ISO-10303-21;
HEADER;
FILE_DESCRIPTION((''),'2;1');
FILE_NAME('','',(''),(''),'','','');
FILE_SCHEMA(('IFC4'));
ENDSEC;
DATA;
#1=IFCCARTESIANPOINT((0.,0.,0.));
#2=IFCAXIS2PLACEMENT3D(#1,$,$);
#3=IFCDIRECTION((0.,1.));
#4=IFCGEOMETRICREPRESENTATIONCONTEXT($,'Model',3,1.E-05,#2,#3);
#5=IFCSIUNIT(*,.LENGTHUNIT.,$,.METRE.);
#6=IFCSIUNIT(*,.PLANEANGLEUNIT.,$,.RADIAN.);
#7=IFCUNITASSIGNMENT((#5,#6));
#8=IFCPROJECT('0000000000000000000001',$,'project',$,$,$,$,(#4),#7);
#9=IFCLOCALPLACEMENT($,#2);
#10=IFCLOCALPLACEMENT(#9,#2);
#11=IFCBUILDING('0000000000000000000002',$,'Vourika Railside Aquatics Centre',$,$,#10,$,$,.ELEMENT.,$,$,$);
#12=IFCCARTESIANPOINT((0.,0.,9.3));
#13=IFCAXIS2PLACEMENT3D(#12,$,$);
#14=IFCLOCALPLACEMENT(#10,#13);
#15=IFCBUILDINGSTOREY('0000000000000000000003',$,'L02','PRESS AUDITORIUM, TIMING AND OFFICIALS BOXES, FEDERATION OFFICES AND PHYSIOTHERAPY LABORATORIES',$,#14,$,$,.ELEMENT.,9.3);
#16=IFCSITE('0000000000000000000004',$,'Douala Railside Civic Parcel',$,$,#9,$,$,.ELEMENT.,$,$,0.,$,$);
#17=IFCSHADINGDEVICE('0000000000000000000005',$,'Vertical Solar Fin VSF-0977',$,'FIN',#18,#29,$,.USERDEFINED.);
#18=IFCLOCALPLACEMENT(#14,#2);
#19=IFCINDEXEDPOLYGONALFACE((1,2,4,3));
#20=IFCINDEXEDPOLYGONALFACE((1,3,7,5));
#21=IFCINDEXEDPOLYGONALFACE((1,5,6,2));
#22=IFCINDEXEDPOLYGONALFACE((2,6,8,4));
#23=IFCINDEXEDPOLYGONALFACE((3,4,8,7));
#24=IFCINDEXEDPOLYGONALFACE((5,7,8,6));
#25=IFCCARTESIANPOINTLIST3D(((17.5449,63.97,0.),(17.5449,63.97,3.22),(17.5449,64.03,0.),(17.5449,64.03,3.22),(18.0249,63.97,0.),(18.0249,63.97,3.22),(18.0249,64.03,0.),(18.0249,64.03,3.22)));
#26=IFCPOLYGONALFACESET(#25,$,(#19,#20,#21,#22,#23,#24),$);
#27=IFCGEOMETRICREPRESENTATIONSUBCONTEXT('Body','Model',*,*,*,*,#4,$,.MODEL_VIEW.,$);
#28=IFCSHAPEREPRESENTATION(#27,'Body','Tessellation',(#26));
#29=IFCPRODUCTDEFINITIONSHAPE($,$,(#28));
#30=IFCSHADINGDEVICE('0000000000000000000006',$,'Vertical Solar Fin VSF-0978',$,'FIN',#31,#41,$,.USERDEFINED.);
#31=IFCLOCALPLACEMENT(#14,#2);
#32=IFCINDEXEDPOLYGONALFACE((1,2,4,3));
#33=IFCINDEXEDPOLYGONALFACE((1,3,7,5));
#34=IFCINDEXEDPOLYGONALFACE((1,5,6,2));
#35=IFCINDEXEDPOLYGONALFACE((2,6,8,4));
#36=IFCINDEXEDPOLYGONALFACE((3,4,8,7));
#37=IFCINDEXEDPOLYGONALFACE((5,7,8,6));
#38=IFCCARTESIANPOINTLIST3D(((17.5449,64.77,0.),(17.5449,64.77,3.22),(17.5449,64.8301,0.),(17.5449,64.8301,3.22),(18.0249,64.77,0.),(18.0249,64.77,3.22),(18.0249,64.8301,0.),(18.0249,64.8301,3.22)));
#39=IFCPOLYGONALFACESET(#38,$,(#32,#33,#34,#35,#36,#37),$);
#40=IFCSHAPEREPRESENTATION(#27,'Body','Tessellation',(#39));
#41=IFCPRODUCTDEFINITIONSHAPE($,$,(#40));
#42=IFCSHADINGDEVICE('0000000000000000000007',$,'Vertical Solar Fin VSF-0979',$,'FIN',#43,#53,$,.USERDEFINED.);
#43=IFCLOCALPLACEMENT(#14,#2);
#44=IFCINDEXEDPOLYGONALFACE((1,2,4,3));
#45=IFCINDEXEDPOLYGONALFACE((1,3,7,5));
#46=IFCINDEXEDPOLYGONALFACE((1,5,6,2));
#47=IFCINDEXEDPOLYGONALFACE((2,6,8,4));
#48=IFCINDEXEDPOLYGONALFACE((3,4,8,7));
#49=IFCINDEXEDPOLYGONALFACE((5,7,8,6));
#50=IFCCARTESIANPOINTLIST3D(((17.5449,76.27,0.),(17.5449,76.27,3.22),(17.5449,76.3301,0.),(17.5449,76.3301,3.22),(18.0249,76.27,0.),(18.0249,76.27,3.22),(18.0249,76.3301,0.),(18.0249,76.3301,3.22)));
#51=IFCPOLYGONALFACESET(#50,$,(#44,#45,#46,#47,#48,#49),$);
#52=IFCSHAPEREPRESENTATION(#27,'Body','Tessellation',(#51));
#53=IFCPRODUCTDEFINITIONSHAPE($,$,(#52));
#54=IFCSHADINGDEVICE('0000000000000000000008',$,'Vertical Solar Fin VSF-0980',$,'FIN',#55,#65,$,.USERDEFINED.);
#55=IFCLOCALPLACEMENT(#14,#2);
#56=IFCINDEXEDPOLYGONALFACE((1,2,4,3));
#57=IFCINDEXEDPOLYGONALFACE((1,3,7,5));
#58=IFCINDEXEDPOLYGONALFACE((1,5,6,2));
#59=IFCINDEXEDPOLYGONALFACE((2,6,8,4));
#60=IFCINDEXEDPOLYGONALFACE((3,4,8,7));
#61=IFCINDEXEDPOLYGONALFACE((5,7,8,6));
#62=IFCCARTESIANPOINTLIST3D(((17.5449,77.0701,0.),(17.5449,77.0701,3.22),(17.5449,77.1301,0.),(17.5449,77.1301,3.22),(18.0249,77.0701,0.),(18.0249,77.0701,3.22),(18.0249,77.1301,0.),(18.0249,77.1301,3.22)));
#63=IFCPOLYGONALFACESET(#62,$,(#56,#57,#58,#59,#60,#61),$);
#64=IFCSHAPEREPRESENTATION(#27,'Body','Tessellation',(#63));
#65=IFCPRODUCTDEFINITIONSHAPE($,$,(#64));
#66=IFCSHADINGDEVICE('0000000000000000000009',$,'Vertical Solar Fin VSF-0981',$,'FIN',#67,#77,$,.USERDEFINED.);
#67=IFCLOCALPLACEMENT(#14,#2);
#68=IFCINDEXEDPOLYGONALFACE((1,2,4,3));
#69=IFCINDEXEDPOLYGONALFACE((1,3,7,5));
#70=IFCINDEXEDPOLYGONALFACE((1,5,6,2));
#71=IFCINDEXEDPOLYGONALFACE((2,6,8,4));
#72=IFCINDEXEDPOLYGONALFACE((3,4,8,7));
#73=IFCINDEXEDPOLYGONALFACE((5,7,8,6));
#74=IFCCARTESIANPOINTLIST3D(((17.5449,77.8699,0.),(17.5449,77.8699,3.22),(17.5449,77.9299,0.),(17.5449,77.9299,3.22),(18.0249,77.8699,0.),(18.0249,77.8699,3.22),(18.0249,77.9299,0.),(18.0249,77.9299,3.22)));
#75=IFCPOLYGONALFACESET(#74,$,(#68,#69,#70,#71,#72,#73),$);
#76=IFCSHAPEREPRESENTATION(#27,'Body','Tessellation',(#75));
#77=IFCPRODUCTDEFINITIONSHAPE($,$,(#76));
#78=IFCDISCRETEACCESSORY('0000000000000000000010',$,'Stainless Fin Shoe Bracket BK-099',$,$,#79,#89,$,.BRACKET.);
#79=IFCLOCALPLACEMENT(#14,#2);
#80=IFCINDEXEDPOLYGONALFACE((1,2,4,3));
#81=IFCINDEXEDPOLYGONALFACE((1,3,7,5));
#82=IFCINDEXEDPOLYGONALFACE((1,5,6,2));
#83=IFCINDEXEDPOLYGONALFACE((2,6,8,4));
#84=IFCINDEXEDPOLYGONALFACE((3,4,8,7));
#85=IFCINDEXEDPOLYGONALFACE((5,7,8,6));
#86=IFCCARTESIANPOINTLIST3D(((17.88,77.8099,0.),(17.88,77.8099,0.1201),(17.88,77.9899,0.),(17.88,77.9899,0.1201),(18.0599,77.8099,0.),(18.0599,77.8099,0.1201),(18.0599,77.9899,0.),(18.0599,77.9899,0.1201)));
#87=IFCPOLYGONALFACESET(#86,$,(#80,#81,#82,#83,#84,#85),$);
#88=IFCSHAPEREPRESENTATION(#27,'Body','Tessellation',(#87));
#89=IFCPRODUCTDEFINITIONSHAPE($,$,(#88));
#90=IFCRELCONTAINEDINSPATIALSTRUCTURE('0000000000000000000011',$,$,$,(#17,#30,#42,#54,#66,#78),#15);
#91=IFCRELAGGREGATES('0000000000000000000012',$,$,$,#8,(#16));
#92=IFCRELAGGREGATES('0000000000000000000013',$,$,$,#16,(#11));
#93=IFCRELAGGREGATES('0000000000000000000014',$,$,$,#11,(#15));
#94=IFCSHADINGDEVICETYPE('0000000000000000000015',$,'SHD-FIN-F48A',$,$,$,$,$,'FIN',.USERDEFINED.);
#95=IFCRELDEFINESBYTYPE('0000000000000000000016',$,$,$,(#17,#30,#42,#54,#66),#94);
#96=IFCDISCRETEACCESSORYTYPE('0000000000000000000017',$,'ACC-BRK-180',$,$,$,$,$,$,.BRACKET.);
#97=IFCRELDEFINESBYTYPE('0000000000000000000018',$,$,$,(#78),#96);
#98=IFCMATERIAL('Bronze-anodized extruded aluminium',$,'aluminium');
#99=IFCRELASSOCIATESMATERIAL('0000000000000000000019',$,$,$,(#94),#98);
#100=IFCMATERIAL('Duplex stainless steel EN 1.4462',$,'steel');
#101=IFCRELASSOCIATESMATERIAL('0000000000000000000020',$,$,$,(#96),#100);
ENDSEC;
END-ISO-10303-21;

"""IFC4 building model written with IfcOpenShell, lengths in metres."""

from ifc_helpers import new_model, si_unit, direction, frame, origin, origin_2d, place, context, subcontext, project, spatial, rectangle, extrude, material, material_profile, profile_set, type_object, element, save


model = new_model("IFC4")

# Units and contexts
model_context = context("Model", 3, precision=1e-05, world=origin(), true_north=direction((0.0, 1.0)))
body_context = subcontext(model_context, "Body", "Model", "MODEL_VIEW")
ifc_project = project(units=[si_unit("LENGTHUNIT", "METRE"), si_unit("PLANEANGLEUNIT", "RADIAN")], contexts=[model_context])

# Site, building, storey
site_placement = place(None, origin())
site = spatial("IfcSite", under=ifc_project, at=site_placement, Name="Douala Railside Civic Parcel", CompositionType="ELEMENT", RefElevation=0.0)
building_placement = place(site_placement, origin())
building = spatial("IfcBuilding", under=site, at=building_placement, Name="Vourika Railside Aquatics Centre", CompositionType="ELEMENT")
storey_placement = place(building_placement, frame((0.0, 0.0, 9.3)))
storey = spatial("IfcBuildingStorey", under=building, at=storey_placement, Name="L02", Description="PRESS AUDITORIUM, TIMING AND OFFICIALS BOXES, FEDERATION OFFICES AND PHYSIOTHERAPY LABORATORIES", CompositionType="ELEMENT", Elevation=9.3)

# Shading devices
ifc_material_1 = material(Name="Bronze-anodized extruded aluminium", Category="aluminium")
ifc_material_profile_1 = material_profile(ifc_material_1, rectangle(XDim=0.0601, YDim=0.48, at=origin_2d()), Name="ALU-FIN 60x480")
ifc_profile_set_1 = profile_set([ifc_material_profile_1], Name="Bronze-anodized extruded aluminium")
shading_device_type = type_object("IfcShadingDeviceType", Name="SHD-FIN-F48A", ElementType="FIN", PredefinedType="USERDEFINED", material=ifc_profile_set_1)
for number, where, z_axis, x_axis, name in (
    (1, (17.7849, 64.0, 0.0), (0.0, 0.0, 1.0), (0.0, 1.0, 0.0), "Vertical Solar Fin VSF-0977"),
    (2, (17.7849, 64.8, 0.0), (0.0, 0.0, 1.0), (0.0, 1.0, 0.0), "Vertical Solar Fin VSF-0978"),
    (3, (17.7849, 76.3, 0.0), (0.0, 0.0, 1.0), (0.0, 1.0, 0.0), "Vertical Solar Fin VSF-0979"),
    (4, (17.7849, 77.1001, 0.0), (0.0, 0.0, 1.0), (0.0, 1.0, 0.0), "Vertical Solar Fin VSF-0980"),
    (5, (17.7849, 77.8999, 0.0), (0.0, 0.0, 1.0), (0.0, 1.0, 0.0), "Vertical Solar Fin VSF-0981"),
):
    element("IfcShadingDevice", number, at=place(storey_placement, frame(where, z_axis=z_axis, x_axis=x_axis)), inside=storey, type_object=shading_device_type, Name=name, ObjectType="FIN", PredefinedType="USERDEFINED", context=body_context, shape_type="SweptSolid", body=[
        extrude(rectangle(XDim=0.0601, YDim=0.48, at=origin_2d()), origin(), (0.0, 0.0, 1.0), 3.22),
    ])

# Discrete accessory
ifc_material_2 = material(Name="Duplex stainless steel EN 1.4462", Category="steel")
discrete_accessory_type = type_object("IfcDiscreteAccessoryType", Name="ACC-BRK-180", PredefinedType="BRACKET", material=ifc_material_2)
discrete_accessory_placement = place(storey_placement, frame((17.97, 77.8999, 0.0), z_axis=(0.0, 0.0, 1.0), x_axis=(-1.0, 0.0, 0.0)))
element("IfcDiscreteAccessory", 6, at=discrete_accessory_placement, inside=storey, type_object=discrete_accessory_type, Name="Stainless Fin Shoe Bracket BK-099", PredefinedType="BRACKET", context=body_context, shape_type="SweptSolid", body=[
    extrude(rectangle(XDim=0.1799, YDim=0.1799, at=origin_2d()), origin(), (0.0, 0.0, 1.0), 0.1201),
])

save(model, "model.ifc")
